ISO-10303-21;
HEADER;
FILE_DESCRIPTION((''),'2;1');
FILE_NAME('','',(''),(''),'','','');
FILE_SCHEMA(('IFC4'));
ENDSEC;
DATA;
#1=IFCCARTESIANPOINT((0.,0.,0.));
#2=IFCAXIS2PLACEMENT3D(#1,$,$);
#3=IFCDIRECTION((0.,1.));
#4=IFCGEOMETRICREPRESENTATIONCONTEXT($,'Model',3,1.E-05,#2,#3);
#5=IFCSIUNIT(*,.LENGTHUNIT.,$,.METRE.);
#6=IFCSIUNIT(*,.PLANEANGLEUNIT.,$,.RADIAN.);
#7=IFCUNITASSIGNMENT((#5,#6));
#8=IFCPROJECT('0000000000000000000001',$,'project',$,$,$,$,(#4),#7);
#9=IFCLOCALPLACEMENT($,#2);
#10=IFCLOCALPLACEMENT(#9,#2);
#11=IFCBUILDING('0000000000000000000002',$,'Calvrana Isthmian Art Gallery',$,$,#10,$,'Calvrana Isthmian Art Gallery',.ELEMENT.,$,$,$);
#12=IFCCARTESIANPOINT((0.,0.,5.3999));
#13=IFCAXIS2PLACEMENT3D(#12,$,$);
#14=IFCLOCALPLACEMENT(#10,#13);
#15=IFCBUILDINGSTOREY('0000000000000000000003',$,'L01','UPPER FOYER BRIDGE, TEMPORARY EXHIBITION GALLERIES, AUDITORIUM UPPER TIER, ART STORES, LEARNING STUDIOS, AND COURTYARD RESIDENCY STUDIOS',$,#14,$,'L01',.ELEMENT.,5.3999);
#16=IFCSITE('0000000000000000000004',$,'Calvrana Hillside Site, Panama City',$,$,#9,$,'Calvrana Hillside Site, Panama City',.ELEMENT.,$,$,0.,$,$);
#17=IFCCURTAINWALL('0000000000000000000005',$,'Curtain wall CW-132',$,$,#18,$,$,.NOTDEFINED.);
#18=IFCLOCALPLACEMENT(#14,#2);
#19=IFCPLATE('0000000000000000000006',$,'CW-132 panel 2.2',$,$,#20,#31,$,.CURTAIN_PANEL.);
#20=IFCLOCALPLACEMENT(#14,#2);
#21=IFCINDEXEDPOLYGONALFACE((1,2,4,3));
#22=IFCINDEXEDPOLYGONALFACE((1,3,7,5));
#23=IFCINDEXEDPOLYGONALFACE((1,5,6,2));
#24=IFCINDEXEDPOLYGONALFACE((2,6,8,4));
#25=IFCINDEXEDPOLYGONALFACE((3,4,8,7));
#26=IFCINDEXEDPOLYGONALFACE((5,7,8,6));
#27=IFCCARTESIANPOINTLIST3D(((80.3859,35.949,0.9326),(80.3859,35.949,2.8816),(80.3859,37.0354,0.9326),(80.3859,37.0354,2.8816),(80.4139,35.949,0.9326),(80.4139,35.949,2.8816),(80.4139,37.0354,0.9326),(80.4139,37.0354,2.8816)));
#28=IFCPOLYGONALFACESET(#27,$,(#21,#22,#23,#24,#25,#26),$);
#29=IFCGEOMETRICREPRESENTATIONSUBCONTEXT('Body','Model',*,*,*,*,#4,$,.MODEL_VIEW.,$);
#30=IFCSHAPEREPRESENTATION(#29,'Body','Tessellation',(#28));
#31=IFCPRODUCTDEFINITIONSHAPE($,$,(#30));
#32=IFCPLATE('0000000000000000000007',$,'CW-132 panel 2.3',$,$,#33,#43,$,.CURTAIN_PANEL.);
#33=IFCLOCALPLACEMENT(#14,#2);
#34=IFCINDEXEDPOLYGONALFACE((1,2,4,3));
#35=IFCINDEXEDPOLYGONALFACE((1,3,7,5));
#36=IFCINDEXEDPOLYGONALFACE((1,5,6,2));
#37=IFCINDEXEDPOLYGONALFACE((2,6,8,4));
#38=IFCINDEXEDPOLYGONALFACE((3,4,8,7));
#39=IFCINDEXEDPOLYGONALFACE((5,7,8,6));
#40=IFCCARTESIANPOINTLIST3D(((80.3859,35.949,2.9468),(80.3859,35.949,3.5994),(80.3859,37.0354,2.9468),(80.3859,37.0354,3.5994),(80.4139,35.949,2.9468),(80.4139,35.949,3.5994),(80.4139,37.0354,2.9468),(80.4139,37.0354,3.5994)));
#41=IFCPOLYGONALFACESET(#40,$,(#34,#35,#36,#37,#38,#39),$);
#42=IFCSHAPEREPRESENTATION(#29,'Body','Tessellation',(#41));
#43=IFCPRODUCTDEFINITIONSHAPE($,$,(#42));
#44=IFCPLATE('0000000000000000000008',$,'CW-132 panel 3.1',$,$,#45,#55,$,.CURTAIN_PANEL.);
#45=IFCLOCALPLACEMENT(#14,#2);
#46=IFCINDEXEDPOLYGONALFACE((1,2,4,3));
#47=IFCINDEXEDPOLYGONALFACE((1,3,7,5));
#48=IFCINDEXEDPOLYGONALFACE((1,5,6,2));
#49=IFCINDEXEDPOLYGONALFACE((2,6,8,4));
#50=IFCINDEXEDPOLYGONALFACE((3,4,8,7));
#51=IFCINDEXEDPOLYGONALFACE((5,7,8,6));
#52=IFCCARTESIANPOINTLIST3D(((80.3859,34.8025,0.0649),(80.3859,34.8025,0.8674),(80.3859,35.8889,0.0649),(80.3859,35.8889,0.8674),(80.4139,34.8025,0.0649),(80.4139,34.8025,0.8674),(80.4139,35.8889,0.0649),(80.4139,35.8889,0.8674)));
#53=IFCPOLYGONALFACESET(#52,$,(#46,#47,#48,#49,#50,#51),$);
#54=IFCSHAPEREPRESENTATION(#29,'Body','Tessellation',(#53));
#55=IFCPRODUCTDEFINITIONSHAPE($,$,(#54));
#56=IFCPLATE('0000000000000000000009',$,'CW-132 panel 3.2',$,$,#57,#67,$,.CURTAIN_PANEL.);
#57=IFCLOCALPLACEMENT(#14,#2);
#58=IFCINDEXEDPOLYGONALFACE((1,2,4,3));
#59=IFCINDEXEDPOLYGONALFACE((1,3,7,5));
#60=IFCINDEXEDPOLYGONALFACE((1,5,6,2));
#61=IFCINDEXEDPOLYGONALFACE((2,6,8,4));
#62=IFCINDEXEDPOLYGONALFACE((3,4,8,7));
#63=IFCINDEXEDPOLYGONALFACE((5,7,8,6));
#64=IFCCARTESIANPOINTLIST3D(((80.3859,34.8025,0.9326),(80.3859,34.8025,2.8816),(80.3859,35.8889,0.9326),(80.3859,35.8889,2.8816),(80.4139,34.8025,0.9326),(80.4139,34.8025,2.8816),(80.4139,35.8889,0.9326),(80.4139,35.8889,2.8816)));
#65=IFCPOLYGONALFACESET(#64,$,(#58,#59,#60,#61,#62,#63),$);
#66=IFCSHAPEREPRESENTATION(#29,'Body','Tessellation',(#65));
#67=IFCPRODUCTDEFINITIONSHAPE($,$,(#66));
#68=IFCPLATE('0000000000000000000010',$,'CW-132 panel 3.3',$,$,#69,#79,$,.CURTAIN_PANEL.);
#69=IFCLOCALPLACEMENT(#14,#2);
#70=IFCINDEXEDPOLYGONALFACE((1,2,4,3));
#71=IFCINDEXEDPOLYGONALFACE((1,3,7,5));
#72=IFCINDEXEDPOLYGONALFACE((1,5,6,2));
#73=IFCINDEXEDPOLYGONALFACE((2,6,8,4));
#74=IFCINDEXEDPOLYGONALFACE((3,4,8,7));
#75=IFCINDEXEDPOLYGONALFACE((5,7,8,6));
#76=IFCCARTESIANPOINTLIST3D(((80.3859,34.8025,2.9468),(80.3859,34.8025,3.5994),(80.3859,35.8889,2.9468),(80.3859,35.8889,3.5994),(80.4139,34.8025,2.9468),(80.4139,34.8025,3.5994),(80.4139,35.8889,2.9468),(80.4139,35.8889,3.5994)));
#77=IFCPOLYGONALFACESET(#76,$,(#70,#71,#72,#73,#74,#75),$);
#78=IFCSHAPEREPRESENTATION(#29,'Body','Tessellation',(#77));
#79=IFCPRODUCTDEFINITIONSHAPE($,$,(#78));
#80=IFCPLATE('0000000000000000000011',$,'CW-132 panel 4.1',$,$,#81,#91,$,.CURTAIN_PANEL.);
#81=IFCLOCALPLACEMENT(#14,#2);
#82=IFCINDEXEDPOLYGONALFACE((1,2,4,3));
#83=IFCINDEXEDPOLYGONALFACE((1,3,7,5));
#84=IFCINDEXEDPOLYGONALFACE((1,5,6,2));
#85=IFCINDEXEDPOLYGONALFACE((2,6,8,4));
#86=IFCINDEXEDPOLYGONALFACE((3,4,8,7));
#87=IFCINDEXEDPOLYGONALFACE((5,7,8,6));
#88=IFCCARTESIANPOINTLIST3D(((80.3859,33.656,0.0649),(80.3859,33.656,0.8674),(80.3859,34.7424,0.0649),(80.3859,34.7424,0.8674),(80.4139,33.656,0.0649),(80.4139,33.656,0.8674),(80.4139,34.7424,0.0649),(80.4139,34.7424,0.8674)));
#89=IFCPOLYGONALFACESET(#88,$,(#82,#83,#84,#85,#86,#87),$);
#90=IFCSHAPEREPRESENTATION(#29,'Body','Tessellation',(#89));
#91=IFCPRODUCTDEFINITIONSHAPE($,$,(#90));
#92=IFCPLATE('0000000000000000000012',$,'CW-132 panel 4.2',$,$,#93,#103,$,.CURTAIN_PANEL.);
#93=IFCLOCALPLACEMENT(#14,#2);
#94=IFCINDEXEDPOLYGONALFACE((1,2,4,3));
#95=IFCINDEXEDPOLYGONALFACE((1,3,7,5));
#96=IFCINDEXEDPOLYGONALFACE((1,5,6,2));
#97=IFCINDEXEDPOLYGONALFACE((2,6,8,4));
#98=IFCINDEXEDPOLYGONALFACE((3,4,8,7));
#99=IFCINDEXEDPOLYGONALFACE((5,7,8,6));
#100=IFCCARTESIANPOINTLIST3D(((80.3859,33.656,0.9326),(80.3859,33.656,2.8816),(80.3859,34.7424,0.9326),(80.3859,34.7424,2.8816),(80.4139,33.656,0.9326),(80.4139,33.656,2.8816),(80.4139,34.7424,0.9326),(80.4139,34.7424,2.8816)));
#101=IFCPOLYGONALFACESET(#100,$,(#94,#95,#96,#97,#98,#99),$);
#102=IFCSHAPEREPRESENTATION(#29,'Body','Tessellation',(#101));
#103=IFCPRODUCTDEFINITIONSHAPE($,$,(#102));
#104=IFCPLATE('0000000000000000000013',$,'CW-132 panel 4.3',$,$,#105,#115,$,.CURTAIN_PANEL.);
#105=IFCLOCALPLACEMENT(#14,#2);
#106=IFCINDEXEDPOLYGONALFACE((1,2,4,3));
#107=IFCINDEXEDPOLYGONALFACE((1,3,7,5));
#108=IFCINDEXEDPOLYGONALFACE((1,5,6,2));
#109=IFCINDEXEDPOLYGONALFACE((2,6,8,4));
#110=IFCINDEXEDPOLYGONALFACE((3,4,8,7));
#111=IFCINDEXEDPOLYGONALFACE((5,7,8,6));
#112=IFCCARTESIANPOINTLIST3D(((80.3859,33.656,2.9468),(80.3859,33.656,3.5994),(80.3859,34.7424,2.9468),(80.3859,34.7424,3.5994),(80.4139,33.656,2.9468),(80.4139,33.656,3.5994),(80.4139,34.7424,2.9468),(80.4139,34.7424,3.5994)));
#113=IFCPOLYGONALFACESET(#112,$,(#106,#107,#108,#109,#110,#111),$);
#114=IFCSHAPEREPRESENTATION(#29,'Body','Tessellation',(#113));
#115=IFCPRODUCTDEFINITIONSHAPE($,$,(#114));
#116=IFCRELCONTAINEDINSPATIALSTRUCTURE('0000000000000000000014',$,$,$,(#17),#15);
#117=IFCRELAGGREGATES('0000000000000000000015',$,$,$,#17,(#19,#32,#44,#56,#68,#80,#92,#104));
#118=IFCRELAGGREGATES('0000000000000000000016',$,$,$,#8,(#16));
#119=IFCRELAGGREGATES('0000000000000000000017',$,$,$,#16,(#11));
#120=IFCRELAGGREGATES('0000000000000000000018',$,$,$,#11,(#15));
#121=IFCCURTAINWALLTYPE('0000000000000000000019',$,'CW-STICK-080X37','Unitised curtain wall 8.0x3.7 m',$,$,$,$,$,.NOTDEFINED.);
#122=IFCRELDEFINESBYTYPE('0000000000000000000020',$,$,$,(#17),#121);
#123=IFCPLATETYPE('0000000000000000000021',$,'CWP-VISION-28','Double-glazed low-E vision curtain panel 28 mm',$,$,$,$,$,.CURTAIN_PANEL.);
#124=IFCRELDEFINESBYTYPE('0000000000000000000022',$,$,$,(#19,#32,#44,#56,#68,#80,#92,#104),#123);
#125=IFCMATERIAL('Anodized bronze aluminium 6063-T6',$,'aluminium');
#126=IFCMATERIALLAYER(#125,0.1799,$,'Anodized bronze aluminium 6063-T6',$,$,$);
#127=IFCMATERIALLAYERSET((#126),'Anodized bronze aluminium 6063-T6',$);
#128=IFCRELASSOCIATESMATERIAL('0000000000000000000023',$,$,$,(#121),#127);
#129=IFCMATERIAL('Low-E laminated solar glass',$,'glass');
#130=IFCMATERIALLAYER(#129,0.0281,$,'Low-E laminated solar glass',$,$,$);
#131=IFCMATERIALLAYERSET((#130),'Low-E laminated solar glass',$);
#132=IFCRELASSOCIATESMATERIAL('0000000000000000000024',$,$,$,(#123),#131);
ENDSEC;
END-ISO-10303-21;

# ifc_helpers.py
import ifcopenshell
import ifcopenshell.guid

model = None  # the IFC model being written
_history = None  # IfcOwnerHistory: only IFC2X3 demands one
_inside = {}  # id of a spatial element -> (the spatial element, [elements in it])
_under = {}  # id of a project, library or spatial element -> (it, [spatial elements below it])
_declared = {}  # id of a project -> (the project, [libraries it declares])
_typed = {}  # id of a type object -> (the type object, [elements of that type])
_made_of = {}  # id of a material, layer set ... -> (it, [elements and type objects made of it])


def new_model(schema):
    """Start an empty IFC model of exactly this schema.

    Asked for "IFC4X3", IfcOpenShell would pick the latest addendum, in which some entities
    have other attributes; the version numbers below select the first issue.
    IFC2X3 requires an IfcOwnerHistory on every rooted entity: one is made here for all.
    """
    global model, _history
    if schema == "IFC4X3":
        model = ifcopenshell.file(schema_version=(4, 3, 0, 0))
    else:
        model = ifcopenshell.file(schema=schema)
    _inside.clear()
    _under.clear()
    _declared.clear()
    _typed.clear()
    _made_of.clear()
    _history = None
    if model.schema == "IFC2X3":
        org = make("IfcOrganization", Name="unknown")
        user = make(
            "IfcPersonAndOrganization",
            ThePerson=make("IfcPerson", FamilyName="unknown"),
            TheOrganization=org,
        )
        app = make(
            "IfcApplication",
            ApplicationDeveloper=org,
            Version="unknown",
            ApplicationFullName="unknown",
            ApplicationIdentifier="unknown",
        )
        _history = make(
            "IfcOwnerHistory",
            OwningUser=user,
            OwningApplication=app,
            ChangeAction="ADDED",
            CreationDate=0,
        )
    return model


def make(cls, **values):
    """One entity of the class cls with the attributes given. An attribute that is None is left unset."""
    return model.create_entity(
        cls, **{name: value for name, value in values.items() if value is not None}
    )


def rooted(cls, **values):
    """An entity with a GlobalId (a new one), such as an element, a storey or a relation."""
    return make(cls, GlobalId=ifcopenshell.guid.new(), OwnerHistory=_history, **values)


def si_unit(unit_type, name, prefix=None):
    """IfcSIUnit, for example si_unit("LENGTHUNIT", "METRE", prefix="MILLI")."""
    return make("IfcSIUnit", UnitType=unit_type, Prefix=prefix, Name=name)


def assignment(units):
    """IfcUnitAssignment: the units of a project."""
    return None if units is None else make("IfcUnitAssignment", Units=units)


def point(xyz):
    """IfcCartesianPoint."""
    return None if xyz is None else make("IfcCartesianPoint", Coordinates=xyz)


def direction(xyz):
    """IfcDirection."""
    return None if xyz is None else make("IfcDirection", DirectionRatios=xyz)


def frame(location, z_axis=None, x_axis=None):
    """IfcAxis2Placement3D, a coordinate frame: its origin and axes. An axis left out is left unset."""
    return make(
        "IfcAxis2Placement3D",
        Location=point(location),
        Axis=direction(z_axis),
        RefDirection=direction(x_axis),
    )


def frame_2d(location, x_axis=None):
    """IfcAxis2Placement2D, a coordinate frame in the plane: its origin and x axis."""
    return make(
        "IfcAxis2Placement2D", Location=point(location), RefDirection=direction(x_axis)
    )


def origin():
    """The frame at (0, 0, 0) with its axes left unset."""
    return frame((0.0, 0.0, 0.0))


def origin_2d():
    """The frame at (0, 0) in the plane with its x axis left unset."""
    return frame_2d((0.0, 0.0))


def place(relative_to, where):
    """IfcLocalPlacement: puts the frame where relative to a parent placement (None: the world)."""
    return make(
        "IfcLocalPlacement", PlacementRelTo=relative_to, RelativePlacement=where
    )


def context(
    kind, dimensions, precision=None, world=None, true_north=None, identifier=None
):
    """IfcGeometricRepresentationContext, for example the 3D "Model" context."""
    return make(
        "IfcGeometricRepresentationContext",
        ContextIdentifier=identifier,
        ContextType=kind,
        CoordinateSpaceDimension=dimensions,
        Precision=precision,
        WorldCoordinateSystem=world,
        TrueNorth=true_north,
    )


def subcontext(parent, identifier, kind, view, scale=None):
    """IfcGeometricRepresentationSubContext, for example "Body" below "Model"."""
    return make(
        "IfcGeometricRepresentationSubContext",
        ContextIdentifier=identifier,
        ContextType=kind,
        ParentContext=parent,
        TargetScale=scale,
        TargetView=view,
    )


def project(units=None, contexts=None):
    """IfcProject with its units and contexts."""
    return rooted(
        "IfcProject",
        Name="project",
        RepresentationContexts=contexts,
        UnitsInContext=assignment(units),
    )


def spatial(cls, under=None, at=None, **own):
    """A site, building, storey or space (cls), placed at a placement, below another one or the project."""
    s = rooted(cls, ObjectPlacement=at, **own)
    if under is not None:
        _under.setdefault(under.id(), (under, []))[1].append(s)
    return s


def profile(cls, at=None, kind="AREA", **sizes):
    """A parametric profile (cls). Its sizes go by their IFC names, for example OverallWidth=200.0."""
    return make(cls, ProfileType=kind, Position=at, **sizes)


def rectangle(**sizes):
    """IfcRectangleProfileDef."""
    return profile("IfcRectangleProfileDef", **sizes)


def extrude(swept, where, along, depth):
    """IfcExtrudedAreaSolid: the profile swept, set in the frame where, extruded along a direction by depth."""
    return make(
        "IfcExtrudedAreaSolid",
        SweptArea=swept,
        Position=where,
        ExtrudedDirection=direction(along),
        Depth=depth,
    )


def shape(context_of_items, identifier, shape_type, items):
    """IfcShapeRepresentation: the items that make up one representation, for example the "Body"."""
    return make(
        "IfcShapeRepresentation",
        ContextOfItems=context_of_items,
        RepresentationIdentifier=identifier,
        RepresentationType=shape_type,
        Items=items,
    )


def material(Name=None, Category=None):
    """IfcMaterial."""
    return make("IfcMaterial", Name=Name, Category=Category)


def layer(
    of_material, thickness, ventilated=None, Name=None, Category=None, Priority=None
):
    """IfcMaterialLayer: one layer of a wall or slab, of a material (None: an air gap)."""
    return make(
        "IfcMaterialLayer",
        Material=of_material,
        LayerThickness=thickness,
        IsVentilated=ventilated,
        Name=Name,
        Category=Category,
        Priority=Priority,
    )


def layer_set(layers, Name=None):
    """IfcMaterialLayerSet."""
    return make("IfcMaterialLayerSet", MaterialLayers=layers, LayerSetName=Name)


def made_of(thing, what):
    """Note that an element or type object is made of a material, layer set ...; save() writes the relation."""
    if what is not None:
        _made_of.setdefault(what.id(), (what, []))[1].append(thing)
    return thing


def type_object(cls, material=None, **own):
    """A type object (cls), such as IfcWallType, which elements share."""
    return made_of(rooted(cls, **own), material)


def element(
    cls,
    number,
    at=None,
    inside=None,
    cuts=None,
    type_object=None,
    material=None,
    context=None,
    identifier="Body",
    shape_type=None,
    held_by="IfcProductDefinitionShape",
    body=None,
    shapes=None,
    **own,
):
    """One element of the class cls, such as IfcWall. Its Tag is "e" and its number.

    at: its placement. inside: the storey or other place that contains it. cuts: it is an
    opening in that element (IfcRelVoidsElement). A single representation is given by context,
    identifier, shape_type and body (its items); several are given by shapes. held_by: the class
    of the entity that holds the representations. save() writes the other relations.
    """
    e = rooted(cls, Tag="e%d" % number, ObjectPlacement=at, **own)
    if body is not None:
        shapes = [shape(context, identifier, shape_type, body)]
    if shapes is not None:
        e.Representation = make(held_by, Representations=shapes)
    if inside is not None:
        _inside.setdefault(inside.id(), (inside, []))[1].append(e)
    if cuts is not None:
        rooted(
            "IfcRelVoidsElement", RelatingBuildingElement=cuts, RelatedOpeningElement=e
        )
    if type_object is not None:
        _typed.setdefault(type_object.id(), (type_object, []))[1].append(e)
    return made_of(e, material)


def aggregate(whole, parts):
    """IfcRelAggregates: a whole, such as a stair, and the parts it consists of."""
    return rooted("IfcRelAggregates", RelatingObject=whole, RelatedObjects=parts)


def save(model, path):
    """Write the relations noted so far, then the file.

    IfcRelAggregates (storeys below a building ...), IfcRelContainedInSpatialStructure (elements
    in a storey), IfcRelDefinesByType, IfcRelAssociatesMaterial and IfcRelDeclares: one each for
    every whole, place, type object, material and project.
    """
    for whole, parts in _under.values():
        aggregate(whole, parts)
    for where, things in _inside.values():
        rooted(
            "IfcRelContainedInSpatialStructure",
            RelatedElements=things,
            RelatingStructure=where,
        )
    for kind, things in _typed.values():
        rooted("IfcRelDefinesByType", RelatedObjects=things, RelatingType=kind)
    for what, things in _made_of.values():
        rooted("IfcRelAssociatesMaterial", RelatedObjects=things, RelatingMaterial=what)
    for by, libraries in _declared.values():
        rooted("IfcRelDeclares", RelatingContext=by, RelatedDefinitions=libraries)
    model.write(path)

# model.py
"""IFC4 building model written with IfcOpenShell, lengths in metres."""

from ifc_helpers import new_model, si_unit, direction, frame, origin, origin_2d, place, context, subcontext, project, spatial, rectangle, extrude, material, layer, layer_set, type_object, element, aggregate, save


model = new_model("IFC4")

# Units and contexts
model_context = context("Model", 3, precision=1e-05, world=origin(), true_north=direction((0.0, 1.0)))
body_context = subcontext(model_context, "Body", "Model", "MODEL_VIEW")
ifc_project = project(units=[si_unit("LENGTHUNIT", "METRE"), si_unit("PLANEANGLEUNIT", "RADIAN")], contexts=[model_context])

# Site, building, storey
site_placement = place(None, origin())
site = spatial("IfcSite", under=ifc_project, at=site_placement, Name="Calvrana Hillside Site, Panama City", LongName="Calvrana Hillside Site, Panama City", CompositionType="ELEMENT", RefElevation=0.0)
building_placement = place(site_placement, origin())
building = spatial("IfcBuilding", under=site, at=building_placement, Name="Calvrana Isthmian Art Gallery", LongName="Calvrana Isthmian Art Gallery", CompositionType="ELEMENT")
storey_placement = place(building_placement, frame((0.0, 0.0, 5.3999)))
storey = spatial("IfcBuildingStorey", under=building, at=storey_placement, Name="L01", Description="UPPER FOYER BRIDGE, TEMPORARY EXHIBITION GALLERIES, AUDITORIUM UPPER TIER, ART STORES, LEARNING STUDIOS, AND COURTYARD RESIDENCY STUDIOS", LongName="L01", CompositionType="ELEMENT", Elevation=5.3999)

# Curtain wall, plates
ifc_material_1 = material(Name="Anodized bronze aluminium 6063-T6", Category="aluminium")
ifc_layer_1 = layer(ifc_material_1, 0.1799, Name="Anodized bronze aluminium 6063-T6")
ifc_layer_set_1 = layer_set([ifc_layer_1], Name="Anodized bronze aluminium 6063-T6")
curtain_wall_type = type_object("IfcCurtainWallType", Name="CW-STICK-080X37", Description="Unitised curtain wall 8.0x3.7 m", PredefinedType="NOTDEFINED", material=ifc_layer_set_1)
curtain_wall_placement = place(storey_placement, origin())
curtain_wall = element("IfcCurtainWall", 1, at=curtain_wall_placement, inside=storey, type_object=curtain_wall_type, Name="Curtain wall CW-132", PredefinedType="NOTDEFINED")
ifc_material_2 = material(Name="Low-E laminated solar glass", Category="glass")
ifc_layer_2 = layer(ifc_material_2, 0.0281, Name="Low-E laminated solar glass")
ifc_layer_set_2 = layer_set([ifc_layer_2], Name="Low-E laminated solar glass")
plate_type = type_object("IfcPlateType", Name="CWP-VISION-28", Description="Double-glazed low-E vision curtain panel 28 mm", PredefinedType="CURTAIN_PANEL", material=ifc_layer_set_2)
plate_1_placement = place(storey_placement, frame((80.3999, 36.4922, 0.9326), z_axis=(0.0, 0.0, 1.0), x_axis=(0.0, -1.0, 0.0)))
plate_1 = element("IfcPlate", 2, at=plate_1_placement, type_object=plate_type, Name="CW-132 panel 2.2", PredefinedType="CURTAIN_PANEL", context=body_context, shape_type="SweptSolid", body=[
    extrude(rectangle(XDim=1.0864, YDim=0.0281, at=origin_2d()), origin(), (0.0, 0.0, 1.0), 1.949),
])
plate_2_placement = place(storey_placement, frame((80.3999, 36.4922, 2.9468), z_axis=(0.0, 0.0, 1.0), x_axis=(0.0, -1.0, 0.0)))
plate_2 = element("IfcPlate", 3, at=plate_2_placement, type_object=plate_type, Name="CW-132 panel 2.3", PredefinedType="CURTAIN_PANEL", context=body_context, shape_type="SweptSolid", body=[
    extrude(rectangle(XDim=1.0864, YDim=0.0281, at=origin_2d()), origin(), (0.0, 0.0, 1.0), 0.6526),
])
plate_3_placement = place(storey_placement, frame((80.3999, 35.3457, 0.0649), z_axis=(0.0, 0.0, 1.0), x_axis=(0.0, -1.0, 0.0)))
plate_3 = element("IfcPlate", 4, at=plate_3_placement, type_object=plate_type, Name="CW-132 panel 3.1", PredefinedType="CURTAIN_PANEL", context=body_context, shape_type="SweptSolid", body=[
    extrude(rectangle(XDim=1.0864, YDim=0.0281, at=origin_2d()), origin(), (0.0, 0.0, 1.0), 0.8025),
])
plate_4_placement = place(storey_placement, frame((80.3999, 35.3457, 0.9326), z_axis=(0.0, 0.0, 1.0), x_axis=(0.0, -1.0, 0.0)))
plate_4 = element("IfcPlate", 5, at=plate_4_placement, type_object=plate_type, Name="CW-132 panel 3.2", PredefinedType="CURTAIN_PANEL", context=body_context, shape_type="SweptSolid", body=[
    extrude(rectangle(XDim=1.0864, YDim=0.0281, at=origin_2d()), origin(), (0.0, 0.0, 1.0), 1.949),
])
plate_5_placement = place(storey_placement, frame((80.3999, 35.3457, 2.9468), z_axis=(0.0, 0.0, 1.0), x_axis=(0.0, -1.0, 0.0)))
plate_5 = element("IfcPlate", 6, at=plate_5_placement, type_object=plate_type, Name="CW-132 panel 3.3", PredefinedType="CURTAIN_PANEL", context=body_context, shape_type="SweptSolid", body=[
    extrude(rectangle(XDim=1.0864, YDim=0.0281, at=origin_2d()), origin(), (0.0, 0.0, 1.0), 0.6526),
])
plate_6_placement = place(storey_placement, frame((80.3999, 34.1992, 0.0649), z_axis=(0.0, 0.0, 1.0), x_axis=(0.0, -1.0, 0.0)))
plate_6 = element("IfcPlate", 7, at=plate_6_placement, type_object=plate_type, Name="CW-132 panel 4.1", PredefinedType="CURTAIN_PANEL", context=body_context, shape_type="SweptSolid", body=[
    extrude(rectangle(XDim=1.0864, YDim=0.0281, at=origin_2d()), origin(), (0.0, 0.0, 1.0), 0.8025),
])
plate_7_placement = place(storey_placement, frame((80.3999, 34.1992, 0.9326), z_axis=(0.0, 0.0, 1.0), x_axis=(0.0, -1.0, 0.0)))
plate_7 = element("IfcPlate", 8, at=plate_7_placement, type_object=plate_type, Name="CW-132 panel 4.2", PredefinedType="CURTAIN_PANEL", context=body_context, shape_type="SweptSolid", body=[
    extrude(rectangle(XDim=1.0864, YDim=0.0281, at=origin_2d()), origin(), (0.0, 0.0, 1.0), 1.949),
])
plate_8_placement = place(storey_placement, frame((80.3999, 34.1992, 2.9468), z_axis=(0.0, 0.0, 1.0), x_axis=(0.0, -1.0, 0.0)))
plate_8 = element("IfcPlate", 9, at=plate_8_placement, type_object=plate_type, Name="CW-132 panel 4.3", PredefinedType="CURTAIN_PANEL", context=body_context, shape_type="SweptSolid", body=[
    extrude(rectangle(XDim=1.0864, YDim=0.0281, at=origin_2d()), origin(), (0.0, 0.0, 1.0), 0.6526),
])
aggregate(curtain_wall, [plate_1, plate_2, plate_3, plate_4, plate_5, plate_6, plate_7, plate_8])

save(model, "model.ifc")
